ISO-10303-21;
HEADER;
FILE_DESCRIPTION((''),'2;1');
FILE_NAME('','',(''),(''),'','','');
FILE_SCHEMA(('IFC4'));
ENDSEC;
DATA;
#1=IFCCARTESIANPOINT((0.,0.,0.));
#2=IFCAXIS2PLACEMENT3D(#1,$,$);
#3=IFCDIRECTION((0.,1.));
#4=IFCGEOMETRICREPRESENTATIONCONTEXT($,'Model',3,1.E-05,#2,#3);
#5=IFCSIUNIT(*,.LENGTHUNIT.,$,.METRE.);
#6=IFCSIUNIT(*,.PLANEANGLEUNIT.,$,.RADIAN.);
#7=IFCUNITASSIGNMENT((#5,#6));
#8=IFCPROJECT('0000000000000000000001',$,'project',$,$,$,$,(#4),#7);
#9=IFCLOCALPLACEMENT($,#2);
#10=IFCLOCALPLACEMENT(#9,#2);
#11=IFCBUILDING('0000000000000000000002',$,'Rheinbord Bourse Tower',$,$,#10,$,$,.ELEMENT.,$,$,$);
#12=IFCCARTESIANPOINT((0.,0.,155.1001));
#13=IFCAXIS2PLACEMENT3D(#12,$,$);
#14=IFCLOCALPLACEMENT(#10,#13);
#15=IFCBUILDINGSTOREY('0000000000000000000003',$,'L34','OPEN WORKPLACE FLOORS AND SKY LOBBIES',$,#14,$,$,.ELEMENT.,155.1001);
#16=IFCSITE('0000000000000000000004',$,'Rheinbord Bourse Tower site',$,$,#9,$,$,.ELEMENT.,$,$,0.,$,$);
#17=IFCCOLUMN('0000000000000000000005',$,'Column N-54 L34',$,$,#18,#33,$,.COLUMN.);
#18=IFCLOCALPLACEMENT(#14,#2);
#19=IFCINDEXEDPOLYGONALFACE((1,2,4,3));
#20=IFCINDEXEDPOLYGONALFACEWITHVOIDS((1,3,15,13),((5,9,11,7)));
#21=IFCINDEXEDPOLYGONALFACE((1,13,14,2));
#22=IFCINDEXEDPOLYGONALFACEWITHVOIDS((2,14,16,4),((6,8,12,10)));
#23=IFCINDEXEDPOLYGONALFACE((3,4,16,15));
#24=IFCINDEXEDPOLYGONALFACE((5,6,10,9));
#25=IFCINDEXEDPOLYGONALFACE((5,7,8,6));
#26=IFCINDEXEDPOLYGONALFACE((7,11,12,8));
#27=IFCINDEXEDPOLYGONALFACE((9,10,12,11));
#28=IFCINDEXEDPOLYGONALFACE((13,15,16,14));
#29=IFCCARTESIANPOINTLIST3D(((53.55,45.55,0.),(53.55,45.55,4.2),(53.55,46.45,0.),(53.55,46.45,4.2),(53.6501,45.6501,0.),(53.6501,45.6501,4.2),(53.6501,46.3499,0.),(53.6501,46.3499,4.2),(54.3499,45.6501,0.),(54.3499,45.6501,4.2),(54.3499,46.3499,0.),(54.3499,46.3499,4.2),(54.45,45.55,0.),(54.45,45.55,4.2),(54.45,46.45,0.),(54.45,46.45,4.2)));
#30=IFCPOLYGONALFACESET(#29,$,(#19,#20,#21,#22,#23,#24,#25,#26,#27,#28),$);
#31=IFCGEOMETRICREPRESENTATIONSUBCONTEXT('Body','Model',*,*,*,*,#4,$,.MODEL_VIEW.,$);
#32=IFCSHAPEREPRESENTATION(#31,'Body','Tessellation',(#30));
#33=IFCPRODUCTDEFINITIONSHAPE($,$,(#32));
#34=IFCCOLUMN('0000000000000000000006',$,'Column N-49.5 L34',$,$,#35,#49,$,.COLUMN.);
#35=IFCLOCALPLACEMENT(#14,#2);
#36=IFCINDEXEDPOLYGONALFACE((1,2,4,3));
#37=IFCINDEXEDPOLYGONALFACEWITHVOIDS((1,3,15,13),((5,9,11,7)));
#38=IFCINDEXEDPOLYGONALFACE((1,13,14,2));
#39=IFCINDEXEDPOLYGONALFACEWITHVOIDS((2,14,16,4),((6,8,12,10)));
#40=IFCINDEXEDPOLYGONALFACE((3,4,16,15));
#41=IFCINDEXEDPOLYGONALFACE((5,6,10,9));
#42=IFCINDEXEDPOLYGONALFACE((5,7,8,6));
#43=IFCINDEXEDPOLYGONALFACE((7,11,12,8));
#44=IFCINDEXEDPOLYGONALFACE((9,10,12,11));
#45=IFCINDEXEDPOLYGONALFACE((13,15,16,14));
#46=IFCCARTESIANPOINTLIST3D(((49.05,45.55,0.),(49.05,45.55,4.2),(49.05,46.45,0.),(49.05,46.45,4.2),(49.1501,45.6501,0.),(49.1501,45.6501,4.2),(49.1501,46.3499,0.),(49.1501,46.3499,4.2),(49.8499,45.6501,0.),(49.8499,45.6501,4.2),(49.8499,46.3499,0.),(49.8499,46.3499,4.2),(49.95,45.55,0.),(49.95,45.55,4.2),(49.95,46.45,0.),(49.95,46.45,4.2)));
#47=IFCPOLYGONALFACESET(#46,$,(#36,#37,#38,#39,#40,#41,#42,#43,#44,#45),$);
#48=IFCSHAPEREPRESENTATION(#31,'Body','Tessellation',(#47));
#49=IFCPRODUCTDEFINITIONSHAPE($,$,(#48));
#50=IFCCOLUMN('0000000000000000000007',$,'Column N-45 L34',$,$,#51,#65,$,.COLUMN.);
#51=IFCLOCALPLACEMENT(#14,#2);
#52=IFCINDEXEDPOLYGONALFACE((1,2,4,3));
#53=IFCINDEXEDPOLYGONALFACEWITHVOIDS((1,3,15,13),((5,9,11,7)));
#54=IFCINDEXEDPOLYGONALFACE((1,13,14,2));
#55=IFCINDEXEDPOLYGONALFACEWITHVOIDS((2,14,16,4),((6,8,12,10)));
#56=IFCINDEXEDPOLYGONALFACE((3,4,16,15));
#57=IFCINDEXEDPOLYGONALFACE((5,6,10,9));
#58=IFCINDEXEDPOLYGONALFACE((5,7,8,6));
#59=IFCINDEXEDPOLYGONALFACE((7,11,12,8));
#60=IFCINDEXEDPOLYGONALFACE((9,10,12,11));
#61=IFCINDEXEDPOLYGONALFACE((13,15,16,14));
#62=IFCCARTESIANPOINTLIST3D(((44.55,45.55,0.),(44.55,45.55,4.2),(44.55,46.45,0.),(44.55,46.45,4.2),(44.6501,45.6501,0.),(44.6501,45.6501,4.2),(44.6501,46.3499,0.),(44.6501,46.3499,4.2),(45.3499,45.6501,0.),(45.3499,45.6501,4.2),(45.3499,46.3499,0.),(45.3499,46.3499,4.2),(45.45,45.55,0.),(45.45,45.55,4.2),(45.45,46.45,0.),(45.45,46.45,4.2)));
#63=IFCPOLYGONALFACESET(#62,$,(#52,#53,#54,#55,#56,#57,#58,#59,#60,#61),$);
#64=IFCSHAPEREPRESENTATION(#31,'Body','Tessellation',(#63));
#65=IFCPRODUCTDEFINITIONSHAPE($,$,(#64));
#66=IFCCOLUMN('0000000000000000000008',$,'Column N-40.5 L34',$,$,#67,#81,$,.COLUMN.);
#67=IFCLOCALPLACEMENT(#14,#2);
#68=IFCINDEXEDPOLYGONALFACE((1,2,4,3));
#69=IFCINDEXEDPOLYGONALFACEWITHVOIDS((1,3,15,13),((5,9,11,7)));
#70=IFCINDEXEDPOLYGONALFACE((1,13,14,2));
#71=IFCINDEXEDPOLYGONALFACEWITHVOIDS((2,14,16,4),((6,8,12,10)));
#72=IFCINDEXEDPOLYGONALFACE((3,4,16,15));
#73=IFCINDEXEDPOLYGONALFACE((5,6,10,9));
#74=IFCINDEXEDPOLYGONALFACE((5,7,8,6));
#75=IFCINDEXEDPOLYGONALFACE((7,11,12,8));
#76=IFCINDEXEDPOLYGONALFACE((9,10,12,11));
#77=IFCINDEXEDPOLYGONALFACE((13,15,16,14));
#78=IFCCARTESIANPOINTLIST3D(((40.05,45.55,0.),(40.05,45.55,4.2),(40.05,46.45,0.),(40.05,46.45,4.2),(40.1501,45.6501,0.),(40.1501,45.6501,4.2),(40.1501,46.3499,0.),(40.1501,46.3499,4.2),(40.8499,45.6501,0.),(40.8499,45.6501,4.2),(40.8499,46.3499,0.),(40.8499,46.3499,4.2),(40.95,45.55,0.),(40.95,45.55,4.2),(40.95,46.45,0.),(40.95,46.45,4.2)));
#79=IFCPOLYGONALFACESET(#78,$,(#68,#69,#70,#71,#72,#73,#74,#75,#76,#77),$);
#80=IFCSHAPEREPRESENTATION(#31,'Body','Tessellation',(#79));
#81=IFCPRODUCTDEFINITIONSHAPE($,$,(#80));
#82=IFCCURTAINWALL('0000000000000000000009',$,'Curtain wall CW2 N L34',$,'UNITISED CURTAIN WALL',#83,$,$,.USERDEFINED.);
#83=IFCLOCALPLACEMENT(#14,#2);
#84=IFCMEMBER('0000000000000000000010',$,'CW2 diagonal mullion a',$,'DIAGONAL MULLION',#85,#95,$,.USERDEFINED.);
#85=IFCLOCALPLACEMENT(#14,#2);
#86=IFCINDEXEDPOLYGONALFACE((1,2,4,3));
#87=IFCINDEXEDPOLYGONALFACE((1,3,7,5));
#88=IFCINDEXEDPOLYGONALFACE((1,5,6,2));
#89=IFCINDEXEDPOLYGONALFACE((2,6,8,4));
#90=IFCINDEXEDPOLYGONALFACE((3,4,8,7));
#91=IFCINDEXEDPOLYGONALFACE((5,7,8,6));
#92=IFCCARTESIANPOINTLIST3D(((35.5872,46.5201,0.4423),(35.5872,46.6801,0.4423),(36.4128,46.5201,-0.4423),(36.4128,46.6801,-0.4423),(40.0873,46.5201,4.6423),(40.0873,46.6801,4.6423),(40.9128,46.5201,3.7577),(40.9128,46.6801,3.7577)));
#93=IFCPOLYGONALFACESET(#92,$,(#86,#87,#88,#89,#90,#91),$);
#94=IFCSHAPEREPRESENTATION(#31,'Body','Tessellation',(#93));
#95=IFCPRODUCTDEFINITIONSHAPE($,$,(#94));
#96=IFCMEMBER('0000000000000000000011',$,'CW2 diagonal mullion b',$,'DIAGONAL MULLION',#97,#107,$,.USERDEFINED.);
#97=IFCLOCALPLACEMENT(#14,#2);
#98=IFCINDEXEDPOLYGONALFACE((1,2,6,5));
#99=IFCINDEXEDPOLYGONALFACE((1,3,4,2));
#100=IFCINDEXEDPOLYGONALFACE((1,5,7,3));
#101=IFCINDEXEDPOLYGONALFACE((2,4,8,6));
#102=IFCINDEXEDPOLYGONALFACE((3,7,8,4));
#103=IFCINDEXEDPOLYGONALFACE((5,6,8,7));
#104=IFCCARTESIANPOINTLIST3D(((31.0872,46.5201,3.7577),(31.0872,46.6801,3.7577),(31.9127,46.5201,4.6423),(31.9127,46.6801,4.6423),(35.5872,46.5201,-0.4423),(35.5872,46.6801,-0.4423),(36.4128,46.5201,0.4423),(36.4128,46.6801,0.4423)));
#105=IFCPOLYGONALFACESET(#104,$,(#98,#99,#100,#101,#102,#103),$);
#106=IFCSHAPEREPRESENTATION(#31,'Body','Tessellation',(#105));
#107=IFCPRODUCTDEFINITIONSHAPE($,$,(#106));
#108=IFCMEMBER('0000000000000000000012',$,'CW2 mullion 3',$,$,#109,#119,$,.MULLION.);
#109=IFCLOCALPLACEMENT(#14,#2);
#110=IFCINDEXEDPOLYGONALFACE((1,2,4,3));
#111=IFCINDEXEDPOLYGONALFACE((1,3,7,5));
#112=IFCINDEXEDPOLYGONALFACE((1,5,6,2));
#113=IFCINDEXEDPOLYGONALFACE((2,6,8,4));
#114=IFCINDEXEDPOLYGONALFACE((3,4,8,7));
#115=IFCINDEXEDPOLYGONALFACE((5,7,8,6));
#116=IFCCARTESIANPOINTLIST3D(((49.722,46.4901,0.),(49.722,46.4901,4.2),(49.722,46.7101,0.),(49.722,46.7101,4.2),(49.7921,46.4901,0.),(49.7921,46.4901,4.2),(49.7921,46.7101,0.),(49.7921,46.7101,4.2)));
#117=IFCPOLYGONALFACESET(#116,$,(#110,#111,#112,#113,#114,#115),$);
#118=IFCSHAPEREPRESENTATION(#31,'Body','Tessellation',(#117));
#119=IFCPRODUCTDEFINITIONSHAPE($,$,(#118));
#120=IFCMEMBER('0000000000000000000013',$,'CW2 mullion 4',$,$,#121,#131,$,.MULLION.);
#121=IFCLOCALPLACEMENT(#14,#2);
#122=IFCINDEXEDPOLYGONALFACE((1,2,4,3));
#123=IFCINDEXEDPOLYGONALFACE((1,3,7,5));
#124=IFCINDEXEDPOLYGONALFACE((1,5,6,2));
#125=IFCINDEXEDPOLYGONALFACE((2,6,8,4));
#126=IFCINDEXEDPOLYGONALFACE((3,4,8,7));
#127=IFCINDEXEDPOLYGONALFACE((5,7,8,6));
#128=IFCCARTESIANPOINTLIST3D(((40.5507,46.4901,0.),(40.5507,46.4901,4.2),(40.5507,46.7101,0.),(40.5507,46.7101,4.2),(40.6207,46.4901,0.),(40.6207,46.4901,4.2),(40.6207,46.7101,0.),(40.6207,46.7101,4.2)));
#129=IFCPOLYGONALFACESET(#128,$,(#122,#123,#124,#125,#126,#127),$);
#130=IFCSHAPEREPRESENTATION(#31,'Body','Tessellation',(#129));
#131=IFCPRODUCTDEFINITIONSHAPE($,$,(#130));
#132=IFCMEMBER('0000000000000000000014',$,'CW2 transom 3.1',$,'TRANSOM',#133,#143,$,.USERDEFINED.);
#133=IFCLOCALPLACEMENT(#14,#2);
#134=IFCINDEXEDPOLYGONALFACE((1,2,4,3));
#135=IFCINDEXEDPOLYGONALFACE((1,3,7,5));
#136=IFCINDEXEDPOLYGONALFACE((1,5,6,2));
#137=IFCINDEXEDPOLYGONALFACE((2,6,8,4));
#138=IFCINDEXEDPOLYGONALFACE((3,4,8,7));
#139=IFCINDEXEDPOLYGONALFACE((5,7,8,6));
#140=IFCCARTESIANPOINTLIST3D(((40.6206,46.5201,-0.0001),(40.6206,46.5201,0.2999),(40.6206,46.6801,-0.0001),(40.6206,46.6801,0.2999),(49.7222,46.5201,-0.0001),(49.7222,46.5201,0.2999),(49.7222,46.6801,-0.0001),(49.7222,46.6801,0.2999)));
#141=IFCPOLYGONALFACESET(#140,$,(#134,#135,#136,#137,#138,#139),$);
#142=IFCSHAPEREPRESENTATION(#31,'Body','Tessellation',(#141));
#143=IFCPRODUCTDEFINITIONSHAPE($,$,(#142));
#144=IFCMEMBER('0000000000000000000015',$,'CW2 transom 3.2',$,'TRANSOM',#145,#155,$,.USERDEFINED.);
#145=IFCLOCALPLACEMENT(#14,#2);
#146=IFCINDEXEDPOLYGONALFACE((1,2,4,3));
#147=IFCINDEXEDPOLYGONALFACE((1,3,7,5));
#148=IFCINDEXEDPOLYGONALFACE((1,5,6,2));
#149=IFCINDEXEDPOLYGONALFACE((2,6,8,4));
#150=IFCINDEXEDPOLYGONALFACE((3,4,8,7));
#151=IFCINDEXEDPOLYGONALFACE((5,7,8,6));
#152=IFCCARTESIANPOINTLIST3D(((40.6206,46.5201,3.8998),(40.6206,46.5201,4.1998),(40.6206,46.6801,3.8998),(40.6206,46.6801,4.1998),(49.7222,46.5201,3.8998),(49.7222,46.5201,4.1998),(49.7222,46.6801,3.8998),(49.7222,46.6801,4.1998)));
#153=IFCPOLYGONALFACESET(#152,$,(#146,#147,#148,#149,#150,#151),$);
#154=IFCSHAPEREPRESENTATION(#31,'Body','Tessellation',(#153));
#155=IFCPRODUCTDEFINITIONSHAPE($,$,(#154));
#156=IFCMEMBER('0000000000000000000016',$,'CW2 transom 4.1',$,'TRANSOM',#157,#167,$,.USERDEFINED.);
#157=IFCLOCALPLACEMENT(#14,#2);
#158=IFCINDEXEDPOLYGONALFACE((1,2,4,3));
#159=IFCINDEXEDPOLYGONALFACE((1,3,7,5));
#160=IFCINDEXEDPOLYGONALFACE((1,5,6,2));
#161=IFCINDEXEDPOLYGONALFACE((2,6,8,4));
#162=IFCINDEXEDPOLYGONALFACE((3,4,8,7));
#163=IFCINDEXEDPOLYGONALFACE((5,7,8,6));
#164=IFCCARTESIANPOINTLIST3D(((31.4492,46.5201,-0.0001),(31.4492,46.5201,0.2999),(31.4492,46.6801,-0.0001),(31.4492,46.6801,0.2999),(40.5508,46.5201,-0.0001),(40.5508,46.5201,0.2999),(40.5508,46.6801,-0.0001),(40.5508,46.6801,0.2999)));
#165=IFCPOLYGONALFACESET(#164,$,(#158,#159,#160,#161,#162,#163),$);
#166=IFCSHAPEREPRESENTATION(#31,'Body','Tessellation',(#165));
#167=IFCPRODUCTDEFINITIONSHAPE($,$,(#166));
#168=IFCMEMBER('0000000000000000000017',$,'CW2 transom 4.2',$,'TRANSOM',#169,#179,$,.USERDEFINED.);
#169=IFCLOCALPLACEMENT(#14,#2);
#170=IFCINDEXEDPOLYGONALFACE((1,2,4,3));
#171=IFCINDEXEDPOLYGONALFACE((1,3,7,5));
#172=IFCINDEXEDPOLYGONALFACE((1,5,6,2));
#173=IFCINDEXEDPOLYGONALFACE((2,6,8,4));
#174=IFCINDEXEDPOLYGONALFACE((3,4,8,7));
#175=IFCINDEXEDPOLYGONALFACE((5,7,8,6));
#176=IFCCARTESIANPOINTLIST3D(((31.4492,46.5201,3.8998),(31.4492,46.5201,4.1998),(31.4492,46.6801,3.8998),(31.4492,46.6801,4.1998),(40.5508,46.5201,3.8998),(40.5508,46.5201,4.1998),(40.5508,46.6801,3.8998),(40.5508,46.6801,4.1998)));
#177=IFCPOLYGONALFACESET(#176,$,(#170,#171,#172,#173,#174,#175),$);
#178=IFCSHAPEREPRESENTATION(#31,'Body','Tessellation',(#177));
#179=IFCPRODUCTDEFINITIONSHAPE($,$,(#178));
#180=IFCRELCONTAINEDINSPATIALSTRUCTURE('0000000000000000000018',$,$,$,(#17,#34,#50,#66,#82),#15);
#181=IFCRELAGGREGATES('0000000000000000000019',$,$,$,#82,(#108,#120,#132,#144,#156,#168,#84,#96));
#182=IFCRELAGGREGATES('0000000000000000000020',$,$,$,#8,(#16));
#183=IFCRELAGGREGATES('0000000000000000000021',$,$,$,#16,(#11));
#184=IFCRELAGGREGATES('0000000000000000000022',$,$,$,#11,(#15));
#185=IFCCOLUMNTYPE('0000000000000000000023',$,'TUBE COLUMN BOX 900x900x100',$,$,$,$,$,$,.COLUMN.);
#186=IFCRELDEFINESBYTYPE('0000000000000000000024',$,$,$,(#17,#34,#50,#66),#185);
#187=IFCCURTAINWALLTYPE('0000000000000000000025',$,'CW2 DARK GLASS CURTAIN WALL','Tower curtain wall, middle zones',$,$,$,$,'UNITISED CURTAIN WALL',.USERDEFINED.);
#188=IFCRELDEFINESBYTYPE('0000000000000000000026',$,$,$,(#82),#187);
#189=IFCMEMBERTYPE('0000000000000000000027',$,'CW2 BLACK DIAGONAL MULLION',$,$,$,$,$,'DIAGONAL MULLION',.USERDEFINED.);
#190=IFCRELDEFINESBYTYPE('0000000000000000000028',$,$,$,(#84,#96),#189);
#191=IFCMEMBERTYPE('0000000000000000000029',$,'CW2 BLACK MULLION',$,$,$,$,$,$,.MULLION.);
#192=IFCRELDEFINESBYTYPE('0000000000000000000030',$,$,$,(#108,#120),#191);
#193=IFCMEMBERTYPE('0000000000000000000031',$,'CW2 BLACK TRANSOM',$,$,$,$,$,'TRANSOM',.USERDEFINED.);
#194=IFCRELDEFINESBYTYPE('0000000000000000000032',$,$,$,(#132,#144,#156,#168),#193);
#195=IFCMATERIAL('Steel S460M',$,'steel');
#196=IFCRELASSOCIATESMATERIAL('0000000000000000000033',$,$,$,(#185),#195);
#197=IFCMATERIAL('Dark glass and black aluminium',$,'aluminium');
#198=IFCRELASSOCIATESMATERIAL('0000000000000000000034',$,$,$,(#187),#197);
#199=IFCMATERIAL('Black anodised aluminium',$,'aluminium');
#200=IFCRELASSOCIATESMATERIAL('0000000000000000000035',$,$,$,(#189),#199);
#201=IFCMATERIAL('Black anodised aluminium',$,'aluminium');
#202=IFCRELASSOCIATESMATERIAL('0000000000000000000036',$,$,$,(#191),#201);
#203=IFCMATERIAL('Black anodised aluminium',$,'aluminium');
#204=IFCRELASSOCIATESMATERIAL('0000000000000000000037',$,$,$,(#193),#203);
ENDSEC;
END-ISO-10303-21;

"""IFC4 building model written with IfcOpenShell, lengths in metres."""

from ifc_helpers import new_model, si_unit, direction, frame, origin, origin_2d, place, context, subcontext, project, spatial, rectangle, hollow_rectangle, extrude, material, material_profile, profile_set, type_object, element, aggregate, save


model = new_model("IFC4")

# Units and contexts
model_context = context("Model", 3, precision=1e-05, world=origin(), true_north=direction((0.0, 1.0)))
body_context = subcontext(model_context, "Body", "Model", "MODEL_VIEW")
ifc_project = project(units=[si_unit("LENGTHUNIT", "METRE"), si_unit("PLANEANGLEUNIT", "RADIAN")], contexts=[model_context])

# Site, building, storey
site_placement = place(None, origin())
site = spatial("IfcSite", under=ifc_project, at=site_placement, Name="Rheinbord Bourse Tower site", CompositionType="ELEMENT", RefElevation=0.0)
building_placement = place(site_placement, origin())
building = spatial("IfcBuilding", under=site, at=building_placement, Name="Rheinbord Bourse Tower", CompositionType="ELEMENT")
storey_placement = place(building_placement, frame((0.0, 0.0, 155.1001)))
storey = spatial("IfcBuildingStorey", under=building, at=storey_placement, Name="L34", Description="OPEN WORKPLACE FLOORS AND SKY LOBBIES", CompositionType="ELEMENT", Elevation=155.1001)

# Columns
ifc_material_1 = material(Name="Steel S460M", Category="steel")
ifc_material_profile_1 = material_profile(ifc_material_1, hollow_rectangle(XDim=0.8999, YDim=0.8999, WallThickness=0.1001, at=origin_2d()), Name="BOX 900x900x100")
ifc_profile_set_1 = profile_set([ifc_material_profile_1], Name="Steel S460M")
column_type = type_object("IfcColumnType", Name="TUBE COLUMN BOX 900x900x100", PredefinedType="COLUMN", material=ifc_profile_set_1)
for number, where, z_axis, x_axis, name in (
    (1, (54.0, 46.0, 0.0), (0.0, 0.0, 1.0), (0.0, 1.0, 0.0), "Column N-54 L34"),
    (2, (49.5, 46.0, 0.0), (0.0, 0.0, 1.0), (0.0, 1.0, 0.0), "Column N-49.5 L34"),
    (3, (45.0, 46.0, 0.0), (0.0, 0.0, 1.0), (0.0, 1.0, 0.0), "Column N-45 L34"),
    (4, (40.5, 46.0, 0.0), (0.0, 0.0, 1.0), (0.0, 1.0, 0.0), "Column N-40.5 L34"),
):
    element("IfcColumn", number, at=place(storey_placement, frame(where, z_axis=z_axis, x_axis=x_axis)), inside=storey, type_object=column_type, Name=name, PredefinedType="COLUMN", context=body_context, shape_type="SweptSolid", body=[
        extrude(hollow_rectangle(XDim=0.8999, YDim=0.8999, WallThickness=0.1001, at=origin_2d()), origin(), (0.0, 0.0, 1.0), 4.2),
    ])

# Curtain wall, members
ifc_material_2 = material(Name="Dark glass and black aluminium", Category="aluminium")
curtain_wall_type = type_object("IfcCurtainWallType", Name="CW2 DARK GLASS CURTAIN WALL", Description="Tower curtain wall, middle zones", ElementType="UNITISED CURTAIN WALL", PredefinedType="USERDEFINED", material=ifc_material_2)
curtain_wall_placement = place(storey_placement, origin())
curtain_wall = element("IfcCurtainWall", 5, at=curtain_wall_placement, inside=storey, type_object=curtain_wall_type, Name="Curtain wall CW2 N L34", ObjectType="UNITISED CURTAIN WALL", PredefinedType="USERDEFINED")
ifc_material_3 = material(Name="Black anodised aluminium", Category="aluminium")
ifc_material_profile_2 = material_profile(ifc_material_3, rectangle(XDim=0.1599, YDim=1.21, at=origin_2d()), Name="CW2 DIAGONAL MULLION 1210x160")
ifc_profile_set_2 = profile_set([ifc_material_profile_2], Name="Black anodised aluminium")
member_type_1 = type_object("IfcMemberType", Name="CW2 BLACK DIAGONAL MULLION", ElementType="DIAGONAL MULLION", PredefinedType="USERDEFINED", material=ifc_profile_set_2)
member_1_placement = place(storey_placement, frame((36.0, 46.6001, 0.0), z_axis=(0.731059, 0.0, 0.682314), x_axis=(0.0, 1.0, 0.0)))
member_1 = element("IfcMember", 6, at=member_1_placement, type_object=member_type_1, Name="CW2 diagonal mullion a", ObjectType="DIAGONAL MULLION", PredefinedType="USERDEFINED", context=body_context, shape_type="SweptSolid", body=[
    extrude(rectangle(XDim=0.1599, YDim=1.21, at=origin_2d()), origin(), (0.0, 0.0, 1.0), 6.1555),
])
member_2_placement = place(storey_placement, frame((36.0, 46.6001, 0.0), z_axis=(-0.731059, 0.0, 0.682314), x_axis=(0.0, -1.0, 0.0)))
member_2 = element("IfcMember", 7, at=member_2_placement, type_object=member_type_1, Name="CW2 diagonal mullion b", ObjectType="DIAGONAL MULLION", PredefinedType="USERDEFINED", context=body_context, shape_type="SweptSolid", body=[
    extrude(rectangle(XDim=0.1599, YDim=1.21, at=origin_2d()), origin(), (0.0, 0.0, 1.0), 6.1555),
])
ifc_material_4 = material(Name="Black anodised aluminium", Category="aluminium")
ifc_material_profile_3 = material_profile(ifc_material_4, rectangle(XDim=0.22, YDim=0.0701, at=origin_2d()), Name="CW2 MULLION 70x220")
ifc_profile_set_3 = profile_set([ifc_material_profile_3], Name="Black anodised aluminium")
member_type_2 = type_object("IfcMemberType", Name="CW2 BLACK MULLION", PredefinedType="MULLION", material=ifc_profile_set_3)
member_3_placement = place(storey_placement, frame((49.7571, 46.6001, 0.0), z_axis=(0.0, 0.0, 1.0), x_axis=(0.0, -1.0, 0.0)))
member_3 = element("IfcMember", 8, at=member_3_placement, type_object=member_type_2, Name="CW2 mullion 3", PredefinedType="MULLION", context=body_context, shape_type="SweptSolid", body=[
    extrude(rectangle(XDim=0.22, YDim=0.0701, at=origin_2d()), origin(), (0.0, 0.0, 1.0), 4.2),
])
member_4_placement = place(storey_placement, frame((40.5857, 46.6001, 0.0), z_axis=(0.0, 0.0, 1.0), x_axis=(0.0, -1.0, 0.0)))
member_4 = element("IfcMember", 9, at=member_4_placement, type_object=member_type_2, Name="CW2 mullion 4", PredefinedType="MULLION", context=body_context, shape_type="SweptSolid", body=[
    extrude(rectangle(XDim=0.22, YDim=0.0701, at=origin_2d()), origin(), (0.0, 0.0, 1.0), 4.2),
])
ifc_material_5 = material(Name="Black anodised aluminium", Category="aluminium")
ifc_material_profile_4 = material_profile(ifc_material_5, rectangle(XDim=0.1599, YDim=0.3, at=origin_2d()), Name="CW2 TRANSOM 300x160")
ifc_profile_set_4 = profile_set([ifc_material_profile_4], Name="Black anodised aluminium")
member_type_3 = type_object("IfcMemberType", Name="CW2 BLACK TRANSOM", ElementType="TRANSOM", PredefinedType="USERDEFINED", material=ifc_profile_set_4)
member_5_placement = place(storey_placement, frame((49.7222, 46.6001, 0.1499), z_axis=(-1.0, 0.0, 0.0), x_axis=(0.0, -1.0, 0.0)))
member_5 = element("IfcMember", 10, at=member_5_placement, type_object=member_type_3, Name="CW2 transom 3.1", ObjectType="TRANSOM", PredefinedType="USERDEFINED", context=body_context, shape_type="SweptSolid", body=[
    extrude(rectangle(XDim=0.1599, YDim=0.3, at=origin_2d()), origin(), (0.0, 0.0, 1.0), 9.1016),
])
member_6_placement = place(storey_placement, frame((49.7222, 46.6001, 4.0498), z_axis=(-1.0, 0.0, 0.0), x_axis=(0.0, -1.0, 0.0)))
member_6 = element("IfcMember", 11, at=member_6_placement, type_object=member_type_3, Name="CW2 transom 3.2", ObjectType="TRANSOM", PredefinedType="USERDEFINED", context=body_context, shape_type="SweptSolid", body=[
    extrude(rectangle(XDim=0.1599, YDim=0.3, at=origin_2d()), origin(), (0.0, 0.0, 1.0), 9.1016),
])
member_7_placement = place(storey_placement, frame((40.5508, 46.6001, 0.1499), z_axis=(-1.0, 0.0, 0.0), x_axis=(0.0, -1.0, 0.0)))
member_7 = element("IfcMember", 12, at=member_7_placement, type_object=member_type_3, Name="CW2 transom 4.1", ObjectType="TRANSOM", PredefinedType="USERDEFINED", context=body_context, shape_type="SweptSolid", body=[
    extrude(rectangle(XDim=0.1599, YDim=0.3, at=origin_2d()), origin(), (0.0, 0.0, 1.0), 9.1016),
])
member_8_placement = place(storey_placement, frame((40.5508, 46.6001, 4.0498), z_axis=(-1.0, 0.0, 0.0), x_axis=(0.0, -1.0, 0.0)))
member_8 = element("IfcMember", 13, at=member_8_placement, type_object=member_type_3, Name="CW2 transom 4.2", ObjectType="TRANSOM", PredefinedType="USERDEFINED", context=body_context, shape_type="SweptSolid", body=[
    extrude(rectangle(XDim=0.1599, YDim=0.3, at=origin_2d()), origin(), (0.0, 0.0, 1.0), 9.1016),
])

aggregate(curtain_wall, [member_3, member_4, member_5, member_6, member_7, member_8, member_1, member_2])

save(model, "model.ifc")
